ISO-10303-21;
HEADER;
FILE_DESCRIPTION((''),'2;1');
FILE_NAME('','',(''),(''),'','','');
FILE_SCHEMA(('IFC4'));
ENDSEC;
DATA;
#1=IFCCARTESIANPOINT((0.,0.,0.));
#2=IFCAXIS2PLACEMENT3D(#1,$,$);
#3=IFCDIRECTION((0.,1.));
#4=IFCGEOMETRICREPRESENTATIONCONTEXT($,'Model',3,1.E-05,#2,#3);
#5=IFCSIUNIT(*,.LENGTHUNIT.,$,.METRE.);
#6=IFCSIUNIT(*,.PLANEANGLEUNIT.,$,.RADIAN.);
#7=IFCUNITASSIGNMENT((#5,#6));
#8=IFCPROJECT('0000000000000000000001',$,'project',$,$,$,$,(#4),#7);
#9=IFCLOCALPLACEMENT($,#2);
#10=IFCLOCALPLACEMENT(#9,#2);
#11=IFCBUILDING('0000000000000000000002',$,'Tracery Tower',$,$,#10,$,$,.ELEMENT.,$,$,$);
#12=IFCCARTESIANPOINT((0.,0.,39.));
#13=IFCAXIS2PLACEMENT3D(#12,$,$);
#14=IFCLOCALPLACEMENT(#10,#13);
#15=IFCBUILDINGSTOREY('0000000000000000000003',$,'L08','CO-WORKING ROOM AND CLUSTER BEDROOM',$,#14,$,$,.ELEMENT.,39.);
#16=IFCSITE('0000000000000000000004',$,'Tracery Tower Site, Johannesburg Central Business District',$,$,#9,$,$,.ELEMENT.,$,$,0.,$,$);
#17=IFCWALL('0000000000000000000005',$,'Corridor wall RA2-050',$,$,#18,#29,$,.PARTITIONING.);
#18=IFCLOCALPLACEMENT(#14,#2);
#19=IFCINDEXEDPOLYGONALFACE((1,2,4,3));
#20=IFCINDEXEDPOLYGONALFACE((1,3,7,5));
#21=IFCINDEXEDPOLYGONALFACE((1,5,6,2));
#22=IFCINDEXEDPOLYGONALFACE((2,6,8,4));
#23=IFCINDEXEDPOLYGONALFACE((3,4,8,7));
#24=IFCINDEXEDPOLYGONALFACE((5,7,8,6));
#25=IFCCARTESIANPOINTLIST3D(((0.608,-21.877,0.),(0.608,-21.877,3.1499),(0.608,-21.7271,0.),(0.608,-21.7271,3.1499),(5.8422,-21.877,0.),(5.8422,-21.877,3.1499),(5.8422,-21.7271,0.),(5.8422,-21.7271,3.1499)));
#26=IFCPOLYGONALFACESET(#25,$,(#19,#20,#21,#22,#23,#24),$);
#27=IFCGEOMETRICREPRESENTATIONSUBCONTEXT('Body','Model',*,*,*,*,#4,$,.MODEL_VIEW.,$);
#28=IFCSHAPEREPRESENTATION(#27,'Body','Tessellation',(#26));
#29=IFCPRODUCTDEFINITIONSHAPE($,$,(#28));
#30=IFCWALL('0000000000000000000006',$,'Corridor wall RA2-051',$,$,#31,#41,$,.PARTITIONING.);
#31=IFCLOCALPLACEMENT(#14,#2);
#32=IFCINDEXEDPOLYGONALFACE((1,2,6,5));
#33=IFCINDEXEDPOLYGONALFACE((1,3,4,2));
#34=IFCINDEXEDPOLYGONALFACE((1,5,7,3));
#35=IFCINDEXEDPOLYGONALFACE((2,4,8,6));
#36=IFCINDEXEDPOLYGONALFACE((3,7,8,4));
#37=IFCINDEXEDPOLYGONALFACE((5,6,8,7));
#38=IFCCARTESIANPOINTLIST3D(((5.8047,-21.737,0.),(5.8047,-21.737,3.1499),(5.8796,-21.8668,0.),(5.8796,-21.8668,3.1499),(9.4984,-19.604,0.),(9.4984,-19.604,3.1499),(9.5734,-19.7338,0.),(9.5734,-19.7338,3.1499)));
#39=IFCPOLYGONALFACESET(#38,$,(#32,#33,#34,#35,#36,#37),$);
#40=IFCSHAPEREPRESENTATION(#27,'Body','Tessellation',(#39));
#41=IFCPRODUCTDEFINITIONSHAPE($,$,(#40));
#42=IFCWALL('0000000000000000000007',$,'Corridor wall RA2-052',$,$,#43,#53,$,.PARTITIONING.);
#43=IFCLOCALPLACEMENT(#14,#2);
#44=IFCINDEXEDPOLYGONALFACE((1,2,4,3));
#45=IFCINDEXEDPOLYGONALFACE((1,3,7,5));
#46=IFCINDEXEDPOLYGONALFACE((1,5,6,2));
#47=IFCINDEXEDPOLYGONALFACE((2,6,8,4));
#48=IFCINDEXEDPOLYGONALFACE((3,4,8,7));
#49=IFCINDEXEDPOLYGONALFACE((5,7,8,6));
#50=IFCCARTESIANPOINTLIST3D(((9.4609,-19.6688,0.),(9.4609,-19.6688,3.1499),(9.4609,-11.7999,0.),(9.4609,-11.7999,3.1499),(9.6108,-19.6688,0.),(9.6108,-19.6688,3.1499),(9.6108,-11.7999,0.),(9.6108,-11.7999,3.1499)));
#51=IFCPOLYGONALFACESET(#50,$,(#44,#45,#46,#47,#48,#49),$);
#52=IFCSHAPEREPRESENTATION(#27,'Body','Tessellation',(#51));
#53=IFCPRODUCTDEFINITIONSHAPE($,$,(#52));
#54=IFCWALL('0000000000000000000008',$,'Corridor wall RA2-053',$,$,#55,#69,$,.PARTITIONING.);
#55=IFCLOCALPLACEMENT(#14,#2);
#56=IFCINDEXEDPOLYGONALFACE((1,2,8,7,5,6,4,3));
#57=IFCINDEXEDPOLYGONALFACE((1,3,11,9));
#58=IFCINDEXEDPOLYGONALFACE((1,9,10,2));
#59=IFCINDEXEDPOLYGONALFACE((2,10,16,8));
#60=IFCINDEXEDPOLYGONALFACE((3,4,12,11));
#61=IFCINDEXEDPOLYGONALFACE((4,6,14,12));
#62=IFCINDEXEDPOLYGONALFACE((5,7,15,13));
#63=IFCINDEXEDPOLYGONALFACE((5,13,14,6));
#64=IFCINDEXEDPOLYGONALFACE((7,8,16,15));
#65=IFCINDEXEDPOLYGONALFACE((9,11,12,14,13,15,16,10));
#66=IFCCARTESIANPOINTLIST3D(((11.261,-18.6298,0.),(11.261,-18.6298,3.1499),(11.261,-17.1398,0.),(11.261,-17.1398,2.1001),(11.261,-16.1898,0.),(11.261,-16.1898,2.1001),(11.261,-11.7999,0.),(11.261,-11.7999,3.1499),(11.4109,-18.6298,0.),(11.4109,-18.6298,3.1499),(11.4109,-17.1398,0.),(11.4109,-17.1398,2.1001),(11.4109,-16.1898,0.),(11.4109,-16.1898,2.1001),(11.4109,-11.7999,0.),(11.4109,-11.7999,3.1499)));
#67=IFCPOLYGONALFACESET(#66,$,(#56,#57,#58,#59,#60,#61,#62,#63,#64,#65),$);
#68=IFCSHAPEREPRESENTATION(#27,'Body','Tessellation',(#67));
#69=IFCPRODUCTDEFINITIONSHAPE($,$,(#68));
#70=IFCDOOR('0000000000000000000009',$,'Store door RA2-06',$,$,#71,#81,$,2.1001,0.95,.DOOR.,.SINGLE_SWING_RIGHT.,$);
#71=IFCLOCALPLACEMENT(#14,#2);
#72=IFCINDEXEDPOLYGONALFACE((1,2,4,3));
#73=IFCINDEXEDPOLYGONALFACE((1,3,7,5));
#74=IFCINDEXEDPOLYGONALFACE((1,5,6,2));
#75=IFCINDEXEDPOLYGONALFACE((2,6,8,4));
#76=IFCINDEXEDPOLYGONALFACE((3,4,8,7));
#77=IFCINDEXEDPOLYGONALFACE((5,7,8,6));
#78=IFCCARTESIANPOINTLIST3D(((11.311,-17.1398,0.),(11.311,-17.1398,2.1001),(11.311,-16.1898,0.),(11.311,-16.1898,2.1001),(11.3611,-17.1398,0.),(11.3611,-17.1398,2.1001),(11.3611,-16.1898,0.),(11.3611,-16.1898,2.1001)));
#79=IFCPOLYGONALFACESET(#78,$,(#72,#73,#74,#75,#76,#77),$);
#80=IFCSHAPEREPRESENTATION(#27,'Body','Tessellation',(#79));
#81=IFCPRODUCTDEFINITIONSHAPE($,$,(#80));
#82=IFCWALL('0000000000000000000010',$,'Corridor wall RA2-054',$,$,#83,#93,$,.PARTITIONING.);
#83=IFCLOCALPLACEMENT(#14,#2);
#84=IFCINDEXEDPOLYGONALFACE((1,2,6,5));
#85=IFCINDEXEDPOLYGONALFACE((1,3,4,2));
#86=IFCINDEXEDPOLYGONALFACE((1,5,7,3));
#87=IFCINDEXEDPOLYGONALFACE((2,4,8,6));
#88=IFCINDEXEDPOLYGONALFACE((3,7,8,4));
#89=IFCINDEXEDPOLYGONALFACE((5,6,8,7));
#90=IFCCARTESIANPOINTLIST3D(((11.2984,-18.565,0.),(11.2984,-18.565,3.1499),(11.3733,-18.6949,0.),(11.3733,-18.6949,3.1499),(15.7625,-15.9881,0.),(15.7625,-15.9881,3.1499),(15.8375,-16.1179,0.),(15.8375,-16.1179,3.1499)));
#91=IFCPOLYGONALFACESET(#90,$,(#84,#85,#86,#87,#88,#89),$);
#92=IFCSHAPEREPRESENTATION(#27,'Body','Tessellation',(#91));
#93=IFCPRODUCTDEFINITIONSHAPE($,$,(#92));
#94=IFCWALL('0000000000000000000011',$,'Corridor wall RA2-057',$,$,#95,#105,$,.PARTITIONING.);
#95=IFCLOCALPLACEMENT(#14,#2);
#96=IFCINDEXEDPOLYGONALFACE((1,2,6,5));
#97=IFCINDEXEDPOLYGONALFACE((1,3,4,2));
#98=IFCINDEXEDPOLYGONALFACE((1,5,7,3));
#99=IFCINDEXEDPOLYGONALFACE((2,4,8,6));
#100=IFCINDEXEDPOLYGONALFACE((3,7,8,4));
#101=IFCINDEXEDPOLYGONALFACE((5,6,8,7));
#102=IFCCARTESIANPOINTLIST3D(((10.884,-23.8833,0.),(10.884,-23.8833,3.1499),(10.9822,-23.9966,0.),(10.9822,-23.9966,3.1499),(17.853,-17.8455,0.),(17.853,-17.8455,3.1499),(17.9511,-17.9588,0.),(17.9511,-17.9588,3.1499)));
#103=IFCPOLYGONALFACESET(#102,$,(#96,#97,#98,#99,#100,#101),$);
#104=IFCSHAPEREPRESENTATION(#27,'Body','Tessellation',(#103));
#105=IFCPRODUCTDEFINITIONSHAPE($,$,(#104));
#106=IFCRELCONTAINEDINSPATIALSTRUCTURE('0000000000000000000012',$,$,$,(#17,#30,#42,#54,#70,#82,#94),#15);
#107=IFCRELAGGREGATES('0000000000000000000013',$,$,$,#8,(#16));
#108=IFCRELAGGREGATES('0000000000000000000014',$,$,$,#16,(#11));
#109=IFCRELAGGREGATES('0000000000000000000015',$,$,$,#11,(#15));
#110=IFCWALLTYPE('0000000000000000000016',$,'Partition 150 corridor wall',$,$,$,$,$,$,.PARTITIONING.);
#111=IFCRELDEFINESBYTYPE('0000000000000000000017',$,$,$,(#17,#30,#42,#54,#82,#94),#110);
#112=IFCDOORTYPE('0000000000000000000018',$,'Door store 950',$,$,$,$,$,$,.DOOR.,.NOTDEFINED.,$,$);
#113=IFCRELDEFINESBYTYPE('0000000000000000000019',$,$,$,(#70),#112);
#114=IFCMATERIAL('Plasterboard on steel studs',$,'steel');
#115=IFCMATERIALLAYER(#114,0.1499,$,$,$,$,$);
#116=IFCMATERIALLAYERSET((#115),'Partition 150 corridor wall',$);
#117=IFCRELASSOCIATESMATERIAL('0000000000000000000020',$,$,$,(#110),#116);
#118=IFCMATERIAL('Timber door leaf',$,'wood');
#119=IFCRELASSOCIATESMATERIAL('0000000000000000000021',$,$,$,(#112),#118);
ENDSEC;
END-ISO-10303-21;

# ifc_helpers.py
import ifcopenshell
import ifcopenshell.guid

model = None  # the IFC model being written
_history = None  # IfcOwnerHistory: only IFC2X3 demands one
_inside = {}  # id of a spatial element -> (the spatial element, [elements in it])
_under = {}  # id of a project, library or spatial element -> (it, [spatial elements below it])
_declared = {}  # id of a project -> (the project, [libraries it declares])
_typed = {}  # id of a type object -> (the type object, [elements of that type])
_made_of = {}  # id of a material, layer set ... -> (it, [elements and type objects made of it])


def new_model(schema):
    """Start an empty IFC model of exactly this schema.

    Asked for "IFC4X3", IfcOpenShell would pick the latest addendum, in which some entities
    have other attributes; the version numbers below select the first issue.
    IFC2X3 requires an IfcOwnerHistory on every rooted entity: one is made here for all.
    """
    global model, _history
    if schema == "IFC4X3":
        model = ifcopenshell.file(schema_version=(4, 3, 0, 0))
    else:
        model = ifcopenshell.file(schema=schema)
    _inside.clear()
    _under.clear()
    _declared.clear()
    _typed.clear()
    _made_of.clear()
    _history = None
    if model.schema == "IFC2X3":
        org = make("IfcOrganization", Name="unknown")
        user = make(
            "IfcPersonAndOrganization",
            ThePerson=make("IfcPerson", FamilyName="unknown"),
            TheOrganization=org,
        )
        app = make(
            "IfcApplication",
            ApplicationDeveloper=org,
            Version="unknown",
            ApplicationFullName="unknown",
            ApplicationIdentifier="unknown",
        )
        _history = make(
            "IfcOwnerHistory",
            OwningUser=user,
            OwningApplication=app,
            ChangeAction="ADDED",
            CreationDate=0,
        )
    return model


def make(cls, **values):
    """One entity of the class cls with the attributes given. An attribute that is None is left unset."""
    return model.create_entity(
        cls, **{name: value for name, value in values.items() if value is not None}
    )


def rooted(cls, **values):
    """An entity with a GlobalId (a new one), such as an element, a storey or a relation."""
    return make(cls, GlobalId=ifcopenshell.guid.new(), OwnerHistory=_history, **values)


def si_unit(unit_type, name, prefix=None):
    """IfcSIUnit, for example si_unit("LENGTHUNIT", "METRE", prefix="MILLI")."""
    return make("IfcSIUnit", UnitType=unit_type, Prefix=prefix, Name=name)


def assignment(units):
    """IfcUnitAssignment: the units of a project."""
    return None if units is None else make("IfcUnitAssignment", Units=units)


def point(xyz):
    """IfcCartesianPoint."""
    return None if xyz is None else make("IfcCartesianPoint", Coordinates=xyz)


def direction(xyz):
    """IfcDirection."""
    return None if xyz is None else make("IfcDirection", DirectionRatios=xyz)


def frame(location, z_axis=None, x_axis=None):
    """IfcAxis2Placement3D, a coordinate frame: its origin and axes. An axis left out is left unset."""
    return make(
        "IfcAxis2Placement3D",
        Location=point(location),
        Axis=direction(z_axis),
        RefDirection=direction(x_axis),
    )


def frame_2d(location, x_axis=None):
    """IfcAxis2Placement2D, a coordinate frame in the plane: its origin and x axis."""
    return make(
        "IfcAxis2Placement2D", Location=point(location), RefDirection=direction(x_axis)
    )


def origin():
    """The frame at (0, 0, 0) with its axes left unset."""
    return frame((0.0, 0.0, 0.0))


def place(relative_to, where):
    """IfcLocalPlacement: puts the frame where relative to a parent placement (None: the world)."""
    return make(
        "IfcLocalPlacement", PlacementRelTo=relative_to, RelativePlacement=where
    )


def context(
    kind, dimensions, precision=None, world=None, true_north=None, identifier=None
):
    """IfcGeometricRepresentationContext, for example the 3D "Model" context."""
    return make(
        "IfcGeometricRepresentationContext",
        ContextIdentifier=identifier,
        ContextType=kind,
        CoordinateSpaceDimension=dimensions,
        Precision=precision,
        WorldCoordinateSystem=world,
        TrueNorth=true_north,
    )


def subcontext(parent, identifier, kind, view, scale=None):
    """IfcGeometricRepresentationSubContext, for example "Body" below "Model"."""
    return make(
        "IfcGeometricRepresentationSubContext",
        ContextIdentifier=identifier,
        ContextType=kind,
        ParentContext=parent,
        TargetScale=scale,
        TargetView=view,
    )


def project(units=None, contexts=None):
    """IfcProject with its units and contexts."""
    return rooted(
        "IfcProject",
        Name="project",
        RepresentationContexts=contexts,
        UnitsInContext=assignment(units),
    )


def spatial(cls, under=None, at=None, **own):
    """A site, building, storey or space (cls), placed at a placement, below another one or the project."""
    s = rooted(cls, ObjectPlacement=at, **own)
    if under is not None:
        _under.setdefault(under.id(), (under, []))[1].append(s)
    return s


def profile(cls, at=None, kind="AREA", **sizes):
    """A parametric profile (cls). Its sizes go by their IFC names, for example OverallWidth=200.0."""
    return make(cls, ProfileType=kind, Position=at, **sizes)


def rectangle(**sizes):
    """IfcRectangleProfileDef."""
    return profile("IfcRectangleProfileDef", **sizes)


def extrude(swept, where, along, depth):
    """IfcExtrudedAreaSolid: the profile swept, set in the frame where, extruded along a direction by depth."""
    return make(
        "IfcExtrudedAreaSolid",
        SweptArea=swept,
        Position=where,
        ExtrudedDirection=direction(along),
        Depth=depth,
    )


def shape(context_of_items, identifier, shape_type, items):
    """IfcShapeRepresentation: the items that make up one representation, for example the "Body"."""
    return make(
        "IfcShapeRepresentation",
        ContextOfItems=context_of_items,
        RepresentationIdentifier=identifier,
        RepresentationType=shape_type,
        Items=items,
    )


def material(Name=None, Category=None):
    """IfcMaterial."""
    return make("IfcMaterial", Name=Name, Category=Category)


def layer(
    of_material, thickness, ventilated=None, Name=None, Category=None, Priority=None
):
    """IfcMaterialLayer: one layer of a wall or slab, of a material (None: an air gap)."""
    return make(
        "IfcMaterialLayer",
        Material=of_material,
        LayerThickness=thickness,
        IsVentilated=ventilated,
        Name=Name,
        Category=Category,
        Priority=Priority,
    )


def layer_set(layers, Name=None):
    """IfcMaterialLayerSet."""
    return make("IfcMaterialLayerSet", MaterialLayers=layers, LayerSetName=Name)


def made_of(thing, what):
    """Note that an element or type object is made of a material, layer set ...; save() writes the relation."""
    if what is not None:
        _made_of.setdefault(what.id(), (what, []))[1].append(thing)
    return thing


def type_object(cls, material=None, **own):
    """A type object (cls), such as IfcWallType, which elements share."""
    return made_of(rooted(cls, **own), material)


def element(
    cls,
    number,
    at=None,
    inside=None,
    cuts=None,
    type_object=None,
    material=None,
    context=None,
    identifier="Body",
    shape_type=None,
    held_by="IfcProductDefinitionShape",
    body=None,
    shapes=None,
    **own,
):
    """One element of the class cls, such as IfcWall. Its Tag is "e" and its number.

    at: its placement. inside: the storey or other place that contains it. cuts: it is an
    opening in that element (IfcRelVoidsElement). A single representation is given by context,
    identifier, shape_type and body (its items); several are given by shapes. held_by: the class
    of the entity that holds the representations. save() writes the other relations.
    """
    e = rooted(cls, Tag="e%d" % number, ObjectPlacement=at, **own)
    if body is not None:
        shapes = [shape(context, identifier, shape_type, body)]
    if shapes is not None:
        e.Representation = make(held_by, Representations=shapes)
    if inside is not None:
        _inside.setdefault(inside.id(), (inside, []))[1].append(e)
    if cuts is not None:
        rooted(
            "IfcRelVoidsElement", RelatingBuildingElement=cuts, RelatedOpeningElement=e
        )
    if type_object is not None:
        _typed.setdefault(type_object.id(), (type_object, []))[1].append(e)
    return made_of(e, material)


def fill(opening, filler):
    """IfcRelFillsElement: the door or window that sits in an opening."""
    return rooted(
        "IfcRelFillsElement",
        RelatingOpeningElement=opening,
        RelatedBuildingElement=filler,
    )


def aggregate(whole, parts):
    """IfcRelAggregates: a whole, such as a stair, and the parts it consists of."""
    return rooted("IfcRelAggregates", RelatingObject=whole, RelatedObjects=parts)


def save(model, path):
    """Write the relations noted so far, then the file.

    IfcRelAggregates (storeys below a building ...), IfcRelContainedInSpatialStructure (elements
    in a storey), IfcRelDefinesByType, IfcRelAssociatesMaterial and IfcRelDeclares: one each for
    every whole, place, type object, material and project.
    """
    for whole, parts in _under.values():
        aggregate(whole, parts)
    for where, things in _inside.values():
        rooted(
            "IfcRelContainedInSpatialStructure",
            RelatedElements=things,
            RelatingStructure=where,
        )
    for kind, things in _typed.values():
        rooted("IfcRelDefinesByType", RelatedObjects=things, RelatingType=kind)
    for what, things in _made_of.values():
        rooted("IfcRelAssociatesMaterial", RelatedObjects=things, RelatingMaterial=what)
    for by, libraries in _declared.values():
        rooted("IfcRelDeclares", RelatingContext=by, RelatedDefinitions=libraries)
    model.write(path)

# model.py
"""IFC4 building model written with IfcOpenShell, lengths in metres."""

from ifc_helpers import new_model, si_unit, direction, frame, frame_2d, origin, place, context, subcontext, project, spatial, rectangle, extrude, material, layer, layer_set, type_object, element, fill, save


model = new_model("IFC4")

# Units and contexts
model_context = context("Model", 3, precision=1e-05, world=origin(), true_north=direction((0.0, 1.0)))
body_context = subcontext(model_context, "Body", "Model", "MODEL_VIEW")
ifc_project = project(units=[si_unit("LENGTHUNIT", "METRE"), si_unit("PLANEANGLEUNIT", "RADIAN")], contexts=[model_context])

# Site, building, storey
site_placement = place(None, origin())
site = spatial("IfcSite", under=ifc_project, at=site_placement, Name="Tracery Tower Site, Johannesburg Central Business District", CompositionType="ELEMENT", RefElevation=0.0)
building_placement = place(site_placement, origin())
building = spatial("IfcBuilding", under=site, at=building_placement, Name="Tracery Tower", CompositionType="ELEMENT")
storey_placement = place(building_placement, frame((0.0, 0.0, 39.0)))
storey = spatial("IfcBuildingStorey", under=building, at=storey_placement, Name="L08", Description="CO-WORKING ROOM AND CLUSTER BEDROOM", CompositionType="ELEMENT", Elevation=39.0)

# Shared definitions
ifc_material_1 = material(Name="Plasterboard on steel studs", Category="steel")
ifc_layer_1 = layer(ifc_material_1, 0.1499)
ifc_layer_set_1 = layer_set([ifc_layer_1], Name="Partition 150 corridor wall")
wall_type_1 = type_object("IfcWallType", Name="Partition 150 corridor wall", PredefinedType="PARTITIONING", material=ifc_layer_set_1)

# Walls
wall_1_placement = place(storey_placement, frame((0.6079, -21.802, 0.0), z_axis=(0.0, 0.0, 1.0), x_axis=(1.0, 0.0, 0.0)))
element("IfcWall", 1, at=wall_1_placement, inside=storey, type_object=wall_type_1, Name="Corridor wall RA2-050", PredefinedType="PARTITIONING", context=body_context, shape_type="SweptSolid", body=[
    extrude(rectangle(XDim=5.2341, YDim=0.1499, at=frame_2d((2.6172, 0.0))), origin(), (0.0, 0.0, 1.0), 3.1499),
])
wall_2_placement = place(storey_placement, frame((5.842, -21.802, 0.0), z_axis=(0.0, 0.0, 1.0), x_axis=(0.865984, 0.500073, 0.0)))
element("IfcWall", 2, at=wall_2_placement, inside=storey, type_object=wall_type_1, Name="Corridor wall RA2-051", PredefinedType="PARTITIONING", context=body_context, shape_type="SweptSolid", body=[
    extrude(rectangle(XDim=4.2654, YDim=0.1499, at=frame_2d((2.1328, 0.0))), origin(), (0.0, 0.0, 1.0), 3.1499),
])
wall_3_placement = place(storey_placement, frame((9.5359, -19.6689, 0.0), z_axis=(0.0, 0.0, 1.0), x_axis=(0.0, 1.0, 0.0)))
element("IfcWall", 3, at=wall_3_placement, inside=storey, type_object=wall_type_1, Name="Corridor wall RA2-052", PredefinedType="PARTITIONING", context=body_context, shape_type="SweptSolid", body=[
    extrude(rectangle(XDim=7.8689, YDim=0.1499, at=frame_2d((3.9346, 0.0))), origin(), (0.0, 0.0, 1.0), 3.1499),
])

# Wall, opening, door
wall_4_placement = place(storey_placement, frame((11.3359, -18.6299, 0.0), z_axis=(0.0, 0.0, 1.0), x_axis=(0.0, 1.0, 0.0)))
wall_4 = element("IfcWall", 4, at=wall_4_placement, inside=storey, type_object=wall_type_1, Name="Corridor wall RA2-053", PredefinedType="PARTITIONING", context=body_context, shape_type="SweptSolid", body=[
    extrude(rectangle(XDim=6.8298, YDim=0.1499, at=frame_2d((3.415, 0.0))), origin(), (0.0, 0.0, 1.0), 3.1499),
])
opening_1_placement = place(wall_4_placement, frame((1.49, 0.0, 0.0)))
opening_1 = element("IfcOpeningElement", 5, at=opening_1_placement, cuts=wall_4, PredefinedType="OPENING", context=body_context, shape_type="SweptSolid", body=[
    extrude(rectangle(XDim=0.95, YDim=2.1001, at=frame_2d((0.4751, 1.05))), frame((0.0, 0.075, 0.0), z_axis=(0.0, -1.0, 0.0), x_axis=(1.0, 0.0, 0.0)), (0.0, 0.0, 1.0), 0.1499),
])
ifc_material_2 = material(Name="Timber door leaf", Category="wood")
door_type_1 = type_object("IfcDoorType", Name="Door store 950", OperationType="NOTDEFINED", PredefinedType="DOOR", material=ifc_material_2)
door_1_placement = place(opening_1_placement, origin())
door_1 = element("IfcDoor", 6, at=door_1_placement, inside=storey, type_object=door_type_1, Name="Store door RA2-06", OperationType="SINGLE_SWING_RIGHT", OverallHeight=2.1001, OverallWidth=0.95, PredefinedType="DOOR", context=body_context, shape_type="SweptSolid", body=[
    extrude(rectangle(XDim=0.95, YDim=2.1001, at=frame_2d((0.4751, 1.05))), frame((0.0, 0.0249, 0.0), z_axis=(0.0, -1.0, 0.0), x_axis=(1.0, 0.0, 0.0)), (0.0, 0.0, 1.0), 0.05),
])
fill(opening_1, door_1)

# Walls
wall_5_placement = place(storey_placement, frame((11.3359, -18.6299, 0.0), z_axis=(0.0, 0.0, 1.0), x_axis=(0.866063, 0.499934, 0.0)))
element("IfcWall", 7, at=wall_5_placement, inside=storey, type_object=wall_type_1, Name="Corridor wall RA2-054", PredefinedType="PARTITIONING", context=body_context, shape_type="SweptSolid", body=[
    extrude(rectangle(XDim=5.1545, YDim=0.1499, at=frame_2d((2.5771, 0.0))), origin(), (0.0, 0.0, 1.0), 3.1499),
])
wall_6_placement = place(storey_placement, frame((10.9331, -23.9399, 0.0), z_axis=(0.0, 0.0, 1.0), x_axis=(0.755794, 0.65481, 0.0)))
element("IfcWall", 8, at=wall_6_placement, inside=storey, type_object=wall_type_1, Name="Corridor wall RA2-057", PredefinedType="PARTITIONING", context=body_context, shape_type="SweptSolid", body=[
    extrude(rectangle(XDim=9.2207, YDim=0.1499, at=frame_2d((4.6104, 0.0))), origin(), (0.0, 0.0, 1.0), 3.1499),
])

save(model, "model.ifc")
